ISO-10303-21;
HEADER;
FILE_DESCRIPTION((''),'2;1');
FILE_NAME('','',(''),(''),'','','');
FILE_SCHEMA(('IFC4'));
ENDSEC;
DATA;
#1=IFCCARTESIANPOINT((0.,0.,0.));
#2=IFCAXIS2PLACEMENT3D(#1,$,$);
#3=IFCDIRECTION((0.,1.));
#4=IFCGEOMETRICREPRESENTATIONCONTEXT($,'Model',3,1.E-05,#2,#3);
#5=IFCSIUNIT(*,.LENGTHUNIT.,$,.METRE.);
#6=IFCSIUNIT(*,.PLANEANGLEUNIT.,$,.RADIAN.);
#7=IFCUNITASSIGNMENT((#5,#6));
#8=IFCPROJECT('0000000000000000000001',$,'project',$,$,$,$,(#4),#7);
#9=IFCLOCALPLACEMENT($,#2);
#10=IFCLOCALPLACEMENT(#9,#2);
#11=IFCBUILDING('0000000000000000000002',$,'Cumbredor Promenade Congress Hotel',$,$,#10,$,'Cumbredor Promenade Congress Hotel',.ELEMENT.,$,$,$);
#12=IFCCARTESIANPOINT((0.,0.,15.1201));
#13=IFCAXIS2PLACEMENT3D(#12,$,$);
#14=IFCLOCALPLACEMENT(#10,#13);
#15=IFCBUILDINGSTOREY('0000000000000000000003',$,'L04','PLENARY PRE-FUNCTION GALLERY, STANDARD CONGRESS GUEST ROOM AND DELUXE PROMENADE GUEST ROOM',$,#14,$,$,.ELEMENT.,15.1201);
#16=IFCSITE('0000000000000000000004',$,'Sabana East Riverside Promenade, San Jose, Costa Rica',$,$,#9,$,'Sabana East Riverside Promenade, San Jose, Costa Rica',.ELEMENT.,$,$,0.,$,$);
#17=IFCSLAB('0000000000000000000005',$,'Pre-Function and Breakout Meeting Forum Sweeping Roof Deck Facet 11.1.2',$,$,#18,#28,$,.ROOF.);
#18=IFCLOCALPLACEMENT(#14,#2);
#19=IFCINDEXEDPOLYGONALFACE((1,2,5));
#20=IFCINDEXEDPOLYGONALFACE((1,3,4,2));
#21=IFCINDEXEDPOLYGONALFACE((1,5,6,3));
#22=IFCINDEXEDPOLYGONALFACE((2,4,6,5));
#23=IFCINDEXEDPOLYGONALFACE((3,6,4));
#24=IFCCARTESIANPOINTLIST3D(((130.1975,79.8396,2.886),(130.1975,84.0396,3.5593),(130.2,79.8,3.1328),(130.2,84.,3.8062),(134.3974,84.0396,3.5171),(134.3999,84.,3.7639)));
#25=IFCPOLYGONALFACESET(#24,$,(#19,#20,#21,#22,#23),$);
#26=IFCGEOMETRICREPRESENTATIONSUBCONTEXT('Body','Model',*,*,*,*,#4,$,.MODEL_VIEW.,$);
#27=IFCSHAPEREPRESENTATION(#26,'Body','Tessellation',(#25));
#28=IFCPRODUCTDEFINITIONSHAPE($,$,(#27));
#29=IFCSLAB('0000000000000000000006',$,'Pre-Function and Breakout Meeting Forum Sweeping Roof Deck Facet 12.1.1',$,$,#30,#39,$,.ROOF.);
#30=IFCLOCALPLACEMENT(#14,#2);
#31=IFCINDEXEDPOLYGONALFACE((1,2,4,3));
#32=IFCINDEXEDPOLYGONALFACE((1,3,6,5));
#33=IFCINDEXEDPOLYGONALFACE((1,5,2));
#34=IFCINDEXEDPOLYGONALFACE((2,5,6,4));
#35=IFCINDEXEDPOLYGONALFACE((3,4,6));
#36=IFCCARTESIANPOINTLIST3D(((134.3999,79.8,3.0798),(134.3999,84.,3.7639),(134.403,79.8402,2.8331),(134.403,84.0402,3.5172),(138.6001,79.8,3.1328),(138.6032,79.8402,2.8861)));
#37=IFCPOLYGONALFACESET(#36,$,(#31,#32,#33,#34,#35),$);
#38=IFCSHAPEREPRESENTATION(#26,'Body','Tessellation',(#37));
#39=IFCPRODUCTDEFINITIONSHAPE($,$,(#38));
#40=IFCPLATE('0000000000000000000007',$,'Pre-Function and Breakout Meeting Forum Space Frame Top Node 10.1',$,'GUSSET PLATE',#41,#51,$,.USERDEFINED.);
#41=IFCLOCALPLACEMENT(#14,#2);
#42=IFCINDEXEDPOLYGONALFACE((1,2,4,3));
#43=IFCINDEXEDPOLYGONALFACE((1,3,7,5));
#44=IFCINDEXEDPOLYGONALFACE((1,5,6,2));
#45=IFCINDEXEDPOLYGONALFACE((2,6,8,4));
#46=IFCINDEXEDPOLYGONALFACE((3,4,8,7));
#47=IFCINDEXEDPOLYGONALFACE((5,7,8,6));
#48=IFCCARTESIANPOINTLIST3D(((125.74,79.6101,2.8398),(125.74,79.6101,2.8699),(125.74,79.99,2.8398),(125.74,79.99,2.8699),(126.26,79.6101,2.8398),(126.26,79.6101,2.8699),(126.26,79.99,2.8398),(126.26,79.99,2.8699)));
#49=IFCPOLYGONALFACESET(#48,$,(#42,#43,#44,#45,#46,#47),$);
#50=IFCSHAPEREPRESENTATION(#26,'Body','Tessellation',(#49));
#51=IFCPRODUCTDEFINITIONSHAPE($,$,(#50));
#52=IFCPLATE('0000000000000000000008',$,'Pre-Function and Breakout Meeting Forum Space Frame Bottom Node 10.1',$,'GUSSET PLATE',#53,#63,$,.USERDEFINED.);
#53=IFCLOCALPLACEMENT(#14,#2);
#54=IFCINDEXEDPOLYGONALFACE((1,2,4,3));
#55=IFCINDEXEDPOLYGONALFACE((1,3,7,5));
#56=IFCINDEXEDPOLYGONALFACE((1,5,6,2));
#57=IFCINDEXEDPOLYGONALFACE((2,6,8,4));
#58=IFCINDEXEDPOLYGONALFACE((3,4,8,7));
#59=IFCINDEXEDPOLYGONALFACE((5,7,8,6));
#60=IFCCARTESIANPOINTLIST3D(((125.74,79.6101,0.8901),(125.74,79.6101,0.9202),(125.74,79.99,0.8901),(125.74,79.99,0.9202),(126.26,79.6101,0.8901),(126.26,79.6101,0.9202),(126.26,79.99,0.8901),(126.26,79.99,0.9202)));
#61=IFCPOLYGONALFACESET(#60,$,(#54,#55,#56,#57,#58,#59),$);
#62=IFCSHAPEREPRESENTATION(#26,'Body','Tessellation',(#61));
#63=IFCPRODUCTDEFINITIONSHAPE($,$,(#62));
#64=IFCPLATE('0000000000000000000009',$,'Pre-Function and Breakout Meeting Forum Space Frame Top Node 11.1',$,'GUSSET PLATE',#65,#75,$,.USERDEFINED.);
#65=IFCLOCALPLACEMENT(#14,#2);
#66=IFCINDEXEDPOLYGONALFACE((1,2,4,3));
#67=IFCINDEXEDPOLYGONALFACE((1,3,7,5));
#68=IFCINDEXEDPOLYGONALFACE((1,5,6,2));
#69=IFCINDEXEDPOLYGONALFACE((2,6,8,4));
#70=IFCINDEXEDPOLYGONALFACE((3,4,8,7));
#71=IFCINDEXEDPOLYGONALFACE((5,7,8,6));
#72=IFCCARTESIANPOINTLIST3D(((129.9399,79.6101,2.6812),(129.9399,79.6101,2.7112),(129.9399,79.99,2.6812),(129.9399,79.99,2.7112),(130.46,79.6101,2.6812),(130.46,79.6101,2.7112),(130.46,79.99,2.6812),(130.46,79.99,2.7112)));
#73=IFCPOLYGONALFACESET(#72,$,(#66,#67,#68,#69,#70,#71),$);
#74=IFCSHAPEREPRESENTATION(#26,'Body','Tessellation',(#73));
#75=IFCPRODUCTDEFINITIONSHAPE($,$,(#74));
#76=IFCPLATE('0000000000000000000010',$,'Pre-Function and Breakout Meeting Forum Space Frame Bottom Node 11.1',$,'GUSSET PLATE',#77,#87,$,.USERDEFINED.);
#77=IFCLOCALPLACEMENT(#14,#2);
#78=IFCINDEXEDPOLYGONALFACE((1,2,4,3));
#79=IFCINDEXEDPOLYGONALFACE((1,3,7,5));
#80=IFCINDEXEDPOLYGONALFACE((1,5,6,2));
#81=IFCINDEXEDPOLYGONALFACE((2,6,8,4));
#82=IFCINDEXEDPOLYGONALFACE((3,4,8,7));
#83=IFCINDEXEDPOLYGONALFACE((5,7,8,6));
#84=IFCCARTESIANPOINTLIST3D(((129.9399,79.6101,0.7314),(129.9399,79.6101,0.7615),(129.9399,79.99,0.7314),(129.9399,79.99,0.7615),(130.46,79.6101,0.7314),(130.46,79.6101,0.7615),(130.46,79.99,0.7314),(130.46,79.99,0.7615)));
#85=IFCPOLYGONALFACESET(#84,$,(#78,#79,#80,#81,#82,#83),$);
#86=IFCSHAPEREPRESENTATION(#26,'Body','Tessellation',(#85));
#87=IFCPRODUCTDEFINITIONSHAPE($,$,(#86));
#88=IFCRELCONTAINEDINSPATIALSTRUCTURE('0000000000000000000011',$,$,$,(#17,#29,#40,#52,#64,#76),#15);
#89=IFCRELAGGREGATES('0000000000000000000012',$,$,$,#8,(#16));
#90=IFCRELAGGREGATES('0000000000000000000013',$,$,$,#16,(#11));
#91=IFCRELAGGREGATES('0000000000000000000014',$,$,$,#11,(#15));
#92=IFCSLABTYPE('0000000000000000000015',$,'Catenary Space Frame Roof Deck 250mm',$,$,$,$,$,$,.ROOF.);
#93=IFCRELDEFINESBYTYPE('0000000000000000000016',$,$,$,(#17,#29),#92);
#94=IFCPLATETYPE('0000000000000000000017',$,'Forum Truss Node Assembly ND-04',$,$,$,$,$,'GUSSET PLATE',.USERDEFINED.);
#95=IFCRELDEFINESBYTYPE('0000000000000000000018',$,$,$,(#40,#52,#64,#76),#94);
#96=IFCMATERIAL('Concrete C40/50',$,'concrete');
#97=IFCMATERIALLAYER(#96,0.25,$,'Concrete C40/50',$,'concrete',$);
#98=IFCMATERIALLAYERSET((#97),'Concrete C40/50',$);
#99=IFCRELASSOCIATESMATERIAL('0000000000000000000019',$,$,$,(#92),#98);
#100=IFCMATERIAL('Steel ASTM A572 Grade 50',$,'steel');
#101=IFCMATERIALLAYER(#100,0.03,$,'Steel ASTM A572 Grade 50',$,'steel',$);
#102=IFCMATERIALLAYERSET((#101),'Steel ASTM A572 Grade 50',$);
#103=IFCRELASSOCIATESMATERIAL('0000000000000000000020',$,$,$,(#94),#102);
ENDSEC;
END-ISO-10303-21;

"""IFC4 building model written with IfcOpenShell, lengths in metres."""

from ifc_helpers import new_model, si_unit, direction, frame, origin, origin_2d, place, context, subcontext, project, spatial, polyline, rectangle, outline, extrude, material, layer, layer_set, type_object, element, save


model = new_model("IFC4")

# Units and contexts
model_context = context("Model", 3, precision=1e-05, world=origin(), true_north=direction((0.0, 1.0)))
body_context = subcontext(model_context, "Body", "Model", "MODEL_VIEW")
ifc_project = project(units=[si_unit("LENGTHUNIT", "METRE"), si_unit("PLANEANGLEUNIT", "RADIAN")], contexts=[model_context])

# Site, building, storey
site_placement = place(None, origin())
site = spatial("IfcSite", under=ifc_project, at=site_placement, Name="Sabana East Riverside Promenade, San Jose, Costa Rica", LongName="Sabana East Riverside Promenade, San Jose, Costa Rica", CompositionType="ELEMENT", RefElevation=0.0)
building_placement = place(site_placement, origin())
building = spatial("IfcBuilding", under=site, at=building_placement, Name="Cumbredor Promenade Congress Hotel", LongName="Cumbredor Promenade Congress Hotel", CompositionType="ELEMENT")
storey_placement = place(building_placement, frame((0.0, 0.0, 15.1201)))
storey = spatial("IfcBuildingStorey", under=building, at=storey_placement, Name="L04", Description="PLENARY PRE-FUNCTION GALLERY, STANDARD CONGRESS GUEST ROOM AND DELUXE PROMENADE GUEST ROOM", CompositionType="ELEMENT", Elevation=15.1201)

# Slabs
ifc_material_1 = material(Name="Concrete C40/50", Category="concrete")
ifc_layer_1 = layer(ifc_material_1, 0.25, Name="Concrete C40/50", Category="concrete")
ifc_layer_set_1 = layer_set([ifc_layer_1], Name="Concrete C40/50")
slab_type = type_object("IfcSlabType", Name="Catenary Space Frame Roof Deck 250mm", PredefinedType="ROOF", material=ifc_layer_set_1)
slab_1_placement = place(storey_placement, frame((130.2, 79.8, 3.1328), z_axis=(0.009929, -0.158292, 0.987342), x_axis=(0.703149, 0.703149, 0.105658)))
element("IfcSlab", 1, at=slab_1_placement, inside=storey, type_object=slab_type, Name="Pre-Function and Breakout Meeting Forum Sweeping Roof Deck Facet 11.1.2", PredefinedType="ROOF", context=body_context, shape_type="SweptSolid", body=[
    extrude(outline(polyline([(0.0, 0.0), (5.9731, 0.0), (3.0243, 2.991), (0.0, 0.0)])), origin(), (0.0, 0.0, -1.0), 0.25),
])
slab_2_placement = place(storey_placement, frame((134.3999, 79.8, 3.0798), z_axis=(-0.012448, -0.160748, 0.986917), x_axis=(0.99992, 0.0, 0.012612)))
element("IfcSlab", 2, at=slab_2_placement, inside=storey, type_object=slab_type, Name="Pre-Function and Breakout Meeting Forum Sweeping Roof Deck Facet 12.1.1", PredefinedType="ROOF", context=body_context, shape_type="SweptSolid", body=[
    extrude(outline(polyline([(0.0, 0.0), (4.2005, 0.0), (0.0086, 4.2553), (0.0, 0.0)])), origin(), (0.0, 0.0, -1.0), 0.25),
])

# Plates
ifc_material_2 = material(Name="Steel ASTM A572 Grade 50", Category="steel")
ifc_layer_2 = layer(ifc_material_2, 0.03, Name="Steel ASTM A572 Grade 50", Category="steel")
ifc_layer_set_2 = layer_set([ifc_layer_2], Name="Steel ASTM A572 Grade 50")
plate_type = type_object("IfcPlateType", Name="Forum Truss Node Assembly ND-04", ElementType="GUSSET PLATE", PredefinedType="USERDEFINED", material=ifc_layer_set_2)
for number, where, z_axis, x_axis, name in (
    (3, (126.0, 79.8, 2.8398), (0.0, 0.0, 1.0), (1.0, 0.0, 0.0), "Pre-Function and Breakout Meeting Forum Space Frame Top Node 10.1"),
    (4, (126.0, 79.8, 0.8901), (0.0, 0.0, 1.0), (1.0, 0.0, 0.0), "Pre-Function and Breakout Meeting Forum Space Frame Bottom Node 10.1"),
    (5, (130.2, 79.8, 2.6812), (0.0, 0.0, 1.0), (1.0, 0.0, 0.0), "Pre-Function and Breakout Meeting Forum Space Frame Top Node 11.1"),
    (6, (130.2, 79.8, 0.7314), (0.0, 0.0, 1.0), (1.0, 0.0, 0.0), "Pre-Function and Breakout Meeting Forum Space Frame Bottom Node 11.1"),
):
    element("IfcPlate", number, at=place(storey_placement, frame(where, z_axis=z_axis, x_axis=x_axis)), inside=storey, type_object=plate_type, Name=name, ObjectType="GUSSET PLATE", PredefinedType="USERDEFINED", context=body_context, shape_type="SweptSolid", body=[
        extrude(rectangle(XDim=0.52, YDim=0.3799, at=origin_2d()), origin(), (0.0, 0.0, 1.0), 0.03),
    ])

save(model, "model.ifc")
